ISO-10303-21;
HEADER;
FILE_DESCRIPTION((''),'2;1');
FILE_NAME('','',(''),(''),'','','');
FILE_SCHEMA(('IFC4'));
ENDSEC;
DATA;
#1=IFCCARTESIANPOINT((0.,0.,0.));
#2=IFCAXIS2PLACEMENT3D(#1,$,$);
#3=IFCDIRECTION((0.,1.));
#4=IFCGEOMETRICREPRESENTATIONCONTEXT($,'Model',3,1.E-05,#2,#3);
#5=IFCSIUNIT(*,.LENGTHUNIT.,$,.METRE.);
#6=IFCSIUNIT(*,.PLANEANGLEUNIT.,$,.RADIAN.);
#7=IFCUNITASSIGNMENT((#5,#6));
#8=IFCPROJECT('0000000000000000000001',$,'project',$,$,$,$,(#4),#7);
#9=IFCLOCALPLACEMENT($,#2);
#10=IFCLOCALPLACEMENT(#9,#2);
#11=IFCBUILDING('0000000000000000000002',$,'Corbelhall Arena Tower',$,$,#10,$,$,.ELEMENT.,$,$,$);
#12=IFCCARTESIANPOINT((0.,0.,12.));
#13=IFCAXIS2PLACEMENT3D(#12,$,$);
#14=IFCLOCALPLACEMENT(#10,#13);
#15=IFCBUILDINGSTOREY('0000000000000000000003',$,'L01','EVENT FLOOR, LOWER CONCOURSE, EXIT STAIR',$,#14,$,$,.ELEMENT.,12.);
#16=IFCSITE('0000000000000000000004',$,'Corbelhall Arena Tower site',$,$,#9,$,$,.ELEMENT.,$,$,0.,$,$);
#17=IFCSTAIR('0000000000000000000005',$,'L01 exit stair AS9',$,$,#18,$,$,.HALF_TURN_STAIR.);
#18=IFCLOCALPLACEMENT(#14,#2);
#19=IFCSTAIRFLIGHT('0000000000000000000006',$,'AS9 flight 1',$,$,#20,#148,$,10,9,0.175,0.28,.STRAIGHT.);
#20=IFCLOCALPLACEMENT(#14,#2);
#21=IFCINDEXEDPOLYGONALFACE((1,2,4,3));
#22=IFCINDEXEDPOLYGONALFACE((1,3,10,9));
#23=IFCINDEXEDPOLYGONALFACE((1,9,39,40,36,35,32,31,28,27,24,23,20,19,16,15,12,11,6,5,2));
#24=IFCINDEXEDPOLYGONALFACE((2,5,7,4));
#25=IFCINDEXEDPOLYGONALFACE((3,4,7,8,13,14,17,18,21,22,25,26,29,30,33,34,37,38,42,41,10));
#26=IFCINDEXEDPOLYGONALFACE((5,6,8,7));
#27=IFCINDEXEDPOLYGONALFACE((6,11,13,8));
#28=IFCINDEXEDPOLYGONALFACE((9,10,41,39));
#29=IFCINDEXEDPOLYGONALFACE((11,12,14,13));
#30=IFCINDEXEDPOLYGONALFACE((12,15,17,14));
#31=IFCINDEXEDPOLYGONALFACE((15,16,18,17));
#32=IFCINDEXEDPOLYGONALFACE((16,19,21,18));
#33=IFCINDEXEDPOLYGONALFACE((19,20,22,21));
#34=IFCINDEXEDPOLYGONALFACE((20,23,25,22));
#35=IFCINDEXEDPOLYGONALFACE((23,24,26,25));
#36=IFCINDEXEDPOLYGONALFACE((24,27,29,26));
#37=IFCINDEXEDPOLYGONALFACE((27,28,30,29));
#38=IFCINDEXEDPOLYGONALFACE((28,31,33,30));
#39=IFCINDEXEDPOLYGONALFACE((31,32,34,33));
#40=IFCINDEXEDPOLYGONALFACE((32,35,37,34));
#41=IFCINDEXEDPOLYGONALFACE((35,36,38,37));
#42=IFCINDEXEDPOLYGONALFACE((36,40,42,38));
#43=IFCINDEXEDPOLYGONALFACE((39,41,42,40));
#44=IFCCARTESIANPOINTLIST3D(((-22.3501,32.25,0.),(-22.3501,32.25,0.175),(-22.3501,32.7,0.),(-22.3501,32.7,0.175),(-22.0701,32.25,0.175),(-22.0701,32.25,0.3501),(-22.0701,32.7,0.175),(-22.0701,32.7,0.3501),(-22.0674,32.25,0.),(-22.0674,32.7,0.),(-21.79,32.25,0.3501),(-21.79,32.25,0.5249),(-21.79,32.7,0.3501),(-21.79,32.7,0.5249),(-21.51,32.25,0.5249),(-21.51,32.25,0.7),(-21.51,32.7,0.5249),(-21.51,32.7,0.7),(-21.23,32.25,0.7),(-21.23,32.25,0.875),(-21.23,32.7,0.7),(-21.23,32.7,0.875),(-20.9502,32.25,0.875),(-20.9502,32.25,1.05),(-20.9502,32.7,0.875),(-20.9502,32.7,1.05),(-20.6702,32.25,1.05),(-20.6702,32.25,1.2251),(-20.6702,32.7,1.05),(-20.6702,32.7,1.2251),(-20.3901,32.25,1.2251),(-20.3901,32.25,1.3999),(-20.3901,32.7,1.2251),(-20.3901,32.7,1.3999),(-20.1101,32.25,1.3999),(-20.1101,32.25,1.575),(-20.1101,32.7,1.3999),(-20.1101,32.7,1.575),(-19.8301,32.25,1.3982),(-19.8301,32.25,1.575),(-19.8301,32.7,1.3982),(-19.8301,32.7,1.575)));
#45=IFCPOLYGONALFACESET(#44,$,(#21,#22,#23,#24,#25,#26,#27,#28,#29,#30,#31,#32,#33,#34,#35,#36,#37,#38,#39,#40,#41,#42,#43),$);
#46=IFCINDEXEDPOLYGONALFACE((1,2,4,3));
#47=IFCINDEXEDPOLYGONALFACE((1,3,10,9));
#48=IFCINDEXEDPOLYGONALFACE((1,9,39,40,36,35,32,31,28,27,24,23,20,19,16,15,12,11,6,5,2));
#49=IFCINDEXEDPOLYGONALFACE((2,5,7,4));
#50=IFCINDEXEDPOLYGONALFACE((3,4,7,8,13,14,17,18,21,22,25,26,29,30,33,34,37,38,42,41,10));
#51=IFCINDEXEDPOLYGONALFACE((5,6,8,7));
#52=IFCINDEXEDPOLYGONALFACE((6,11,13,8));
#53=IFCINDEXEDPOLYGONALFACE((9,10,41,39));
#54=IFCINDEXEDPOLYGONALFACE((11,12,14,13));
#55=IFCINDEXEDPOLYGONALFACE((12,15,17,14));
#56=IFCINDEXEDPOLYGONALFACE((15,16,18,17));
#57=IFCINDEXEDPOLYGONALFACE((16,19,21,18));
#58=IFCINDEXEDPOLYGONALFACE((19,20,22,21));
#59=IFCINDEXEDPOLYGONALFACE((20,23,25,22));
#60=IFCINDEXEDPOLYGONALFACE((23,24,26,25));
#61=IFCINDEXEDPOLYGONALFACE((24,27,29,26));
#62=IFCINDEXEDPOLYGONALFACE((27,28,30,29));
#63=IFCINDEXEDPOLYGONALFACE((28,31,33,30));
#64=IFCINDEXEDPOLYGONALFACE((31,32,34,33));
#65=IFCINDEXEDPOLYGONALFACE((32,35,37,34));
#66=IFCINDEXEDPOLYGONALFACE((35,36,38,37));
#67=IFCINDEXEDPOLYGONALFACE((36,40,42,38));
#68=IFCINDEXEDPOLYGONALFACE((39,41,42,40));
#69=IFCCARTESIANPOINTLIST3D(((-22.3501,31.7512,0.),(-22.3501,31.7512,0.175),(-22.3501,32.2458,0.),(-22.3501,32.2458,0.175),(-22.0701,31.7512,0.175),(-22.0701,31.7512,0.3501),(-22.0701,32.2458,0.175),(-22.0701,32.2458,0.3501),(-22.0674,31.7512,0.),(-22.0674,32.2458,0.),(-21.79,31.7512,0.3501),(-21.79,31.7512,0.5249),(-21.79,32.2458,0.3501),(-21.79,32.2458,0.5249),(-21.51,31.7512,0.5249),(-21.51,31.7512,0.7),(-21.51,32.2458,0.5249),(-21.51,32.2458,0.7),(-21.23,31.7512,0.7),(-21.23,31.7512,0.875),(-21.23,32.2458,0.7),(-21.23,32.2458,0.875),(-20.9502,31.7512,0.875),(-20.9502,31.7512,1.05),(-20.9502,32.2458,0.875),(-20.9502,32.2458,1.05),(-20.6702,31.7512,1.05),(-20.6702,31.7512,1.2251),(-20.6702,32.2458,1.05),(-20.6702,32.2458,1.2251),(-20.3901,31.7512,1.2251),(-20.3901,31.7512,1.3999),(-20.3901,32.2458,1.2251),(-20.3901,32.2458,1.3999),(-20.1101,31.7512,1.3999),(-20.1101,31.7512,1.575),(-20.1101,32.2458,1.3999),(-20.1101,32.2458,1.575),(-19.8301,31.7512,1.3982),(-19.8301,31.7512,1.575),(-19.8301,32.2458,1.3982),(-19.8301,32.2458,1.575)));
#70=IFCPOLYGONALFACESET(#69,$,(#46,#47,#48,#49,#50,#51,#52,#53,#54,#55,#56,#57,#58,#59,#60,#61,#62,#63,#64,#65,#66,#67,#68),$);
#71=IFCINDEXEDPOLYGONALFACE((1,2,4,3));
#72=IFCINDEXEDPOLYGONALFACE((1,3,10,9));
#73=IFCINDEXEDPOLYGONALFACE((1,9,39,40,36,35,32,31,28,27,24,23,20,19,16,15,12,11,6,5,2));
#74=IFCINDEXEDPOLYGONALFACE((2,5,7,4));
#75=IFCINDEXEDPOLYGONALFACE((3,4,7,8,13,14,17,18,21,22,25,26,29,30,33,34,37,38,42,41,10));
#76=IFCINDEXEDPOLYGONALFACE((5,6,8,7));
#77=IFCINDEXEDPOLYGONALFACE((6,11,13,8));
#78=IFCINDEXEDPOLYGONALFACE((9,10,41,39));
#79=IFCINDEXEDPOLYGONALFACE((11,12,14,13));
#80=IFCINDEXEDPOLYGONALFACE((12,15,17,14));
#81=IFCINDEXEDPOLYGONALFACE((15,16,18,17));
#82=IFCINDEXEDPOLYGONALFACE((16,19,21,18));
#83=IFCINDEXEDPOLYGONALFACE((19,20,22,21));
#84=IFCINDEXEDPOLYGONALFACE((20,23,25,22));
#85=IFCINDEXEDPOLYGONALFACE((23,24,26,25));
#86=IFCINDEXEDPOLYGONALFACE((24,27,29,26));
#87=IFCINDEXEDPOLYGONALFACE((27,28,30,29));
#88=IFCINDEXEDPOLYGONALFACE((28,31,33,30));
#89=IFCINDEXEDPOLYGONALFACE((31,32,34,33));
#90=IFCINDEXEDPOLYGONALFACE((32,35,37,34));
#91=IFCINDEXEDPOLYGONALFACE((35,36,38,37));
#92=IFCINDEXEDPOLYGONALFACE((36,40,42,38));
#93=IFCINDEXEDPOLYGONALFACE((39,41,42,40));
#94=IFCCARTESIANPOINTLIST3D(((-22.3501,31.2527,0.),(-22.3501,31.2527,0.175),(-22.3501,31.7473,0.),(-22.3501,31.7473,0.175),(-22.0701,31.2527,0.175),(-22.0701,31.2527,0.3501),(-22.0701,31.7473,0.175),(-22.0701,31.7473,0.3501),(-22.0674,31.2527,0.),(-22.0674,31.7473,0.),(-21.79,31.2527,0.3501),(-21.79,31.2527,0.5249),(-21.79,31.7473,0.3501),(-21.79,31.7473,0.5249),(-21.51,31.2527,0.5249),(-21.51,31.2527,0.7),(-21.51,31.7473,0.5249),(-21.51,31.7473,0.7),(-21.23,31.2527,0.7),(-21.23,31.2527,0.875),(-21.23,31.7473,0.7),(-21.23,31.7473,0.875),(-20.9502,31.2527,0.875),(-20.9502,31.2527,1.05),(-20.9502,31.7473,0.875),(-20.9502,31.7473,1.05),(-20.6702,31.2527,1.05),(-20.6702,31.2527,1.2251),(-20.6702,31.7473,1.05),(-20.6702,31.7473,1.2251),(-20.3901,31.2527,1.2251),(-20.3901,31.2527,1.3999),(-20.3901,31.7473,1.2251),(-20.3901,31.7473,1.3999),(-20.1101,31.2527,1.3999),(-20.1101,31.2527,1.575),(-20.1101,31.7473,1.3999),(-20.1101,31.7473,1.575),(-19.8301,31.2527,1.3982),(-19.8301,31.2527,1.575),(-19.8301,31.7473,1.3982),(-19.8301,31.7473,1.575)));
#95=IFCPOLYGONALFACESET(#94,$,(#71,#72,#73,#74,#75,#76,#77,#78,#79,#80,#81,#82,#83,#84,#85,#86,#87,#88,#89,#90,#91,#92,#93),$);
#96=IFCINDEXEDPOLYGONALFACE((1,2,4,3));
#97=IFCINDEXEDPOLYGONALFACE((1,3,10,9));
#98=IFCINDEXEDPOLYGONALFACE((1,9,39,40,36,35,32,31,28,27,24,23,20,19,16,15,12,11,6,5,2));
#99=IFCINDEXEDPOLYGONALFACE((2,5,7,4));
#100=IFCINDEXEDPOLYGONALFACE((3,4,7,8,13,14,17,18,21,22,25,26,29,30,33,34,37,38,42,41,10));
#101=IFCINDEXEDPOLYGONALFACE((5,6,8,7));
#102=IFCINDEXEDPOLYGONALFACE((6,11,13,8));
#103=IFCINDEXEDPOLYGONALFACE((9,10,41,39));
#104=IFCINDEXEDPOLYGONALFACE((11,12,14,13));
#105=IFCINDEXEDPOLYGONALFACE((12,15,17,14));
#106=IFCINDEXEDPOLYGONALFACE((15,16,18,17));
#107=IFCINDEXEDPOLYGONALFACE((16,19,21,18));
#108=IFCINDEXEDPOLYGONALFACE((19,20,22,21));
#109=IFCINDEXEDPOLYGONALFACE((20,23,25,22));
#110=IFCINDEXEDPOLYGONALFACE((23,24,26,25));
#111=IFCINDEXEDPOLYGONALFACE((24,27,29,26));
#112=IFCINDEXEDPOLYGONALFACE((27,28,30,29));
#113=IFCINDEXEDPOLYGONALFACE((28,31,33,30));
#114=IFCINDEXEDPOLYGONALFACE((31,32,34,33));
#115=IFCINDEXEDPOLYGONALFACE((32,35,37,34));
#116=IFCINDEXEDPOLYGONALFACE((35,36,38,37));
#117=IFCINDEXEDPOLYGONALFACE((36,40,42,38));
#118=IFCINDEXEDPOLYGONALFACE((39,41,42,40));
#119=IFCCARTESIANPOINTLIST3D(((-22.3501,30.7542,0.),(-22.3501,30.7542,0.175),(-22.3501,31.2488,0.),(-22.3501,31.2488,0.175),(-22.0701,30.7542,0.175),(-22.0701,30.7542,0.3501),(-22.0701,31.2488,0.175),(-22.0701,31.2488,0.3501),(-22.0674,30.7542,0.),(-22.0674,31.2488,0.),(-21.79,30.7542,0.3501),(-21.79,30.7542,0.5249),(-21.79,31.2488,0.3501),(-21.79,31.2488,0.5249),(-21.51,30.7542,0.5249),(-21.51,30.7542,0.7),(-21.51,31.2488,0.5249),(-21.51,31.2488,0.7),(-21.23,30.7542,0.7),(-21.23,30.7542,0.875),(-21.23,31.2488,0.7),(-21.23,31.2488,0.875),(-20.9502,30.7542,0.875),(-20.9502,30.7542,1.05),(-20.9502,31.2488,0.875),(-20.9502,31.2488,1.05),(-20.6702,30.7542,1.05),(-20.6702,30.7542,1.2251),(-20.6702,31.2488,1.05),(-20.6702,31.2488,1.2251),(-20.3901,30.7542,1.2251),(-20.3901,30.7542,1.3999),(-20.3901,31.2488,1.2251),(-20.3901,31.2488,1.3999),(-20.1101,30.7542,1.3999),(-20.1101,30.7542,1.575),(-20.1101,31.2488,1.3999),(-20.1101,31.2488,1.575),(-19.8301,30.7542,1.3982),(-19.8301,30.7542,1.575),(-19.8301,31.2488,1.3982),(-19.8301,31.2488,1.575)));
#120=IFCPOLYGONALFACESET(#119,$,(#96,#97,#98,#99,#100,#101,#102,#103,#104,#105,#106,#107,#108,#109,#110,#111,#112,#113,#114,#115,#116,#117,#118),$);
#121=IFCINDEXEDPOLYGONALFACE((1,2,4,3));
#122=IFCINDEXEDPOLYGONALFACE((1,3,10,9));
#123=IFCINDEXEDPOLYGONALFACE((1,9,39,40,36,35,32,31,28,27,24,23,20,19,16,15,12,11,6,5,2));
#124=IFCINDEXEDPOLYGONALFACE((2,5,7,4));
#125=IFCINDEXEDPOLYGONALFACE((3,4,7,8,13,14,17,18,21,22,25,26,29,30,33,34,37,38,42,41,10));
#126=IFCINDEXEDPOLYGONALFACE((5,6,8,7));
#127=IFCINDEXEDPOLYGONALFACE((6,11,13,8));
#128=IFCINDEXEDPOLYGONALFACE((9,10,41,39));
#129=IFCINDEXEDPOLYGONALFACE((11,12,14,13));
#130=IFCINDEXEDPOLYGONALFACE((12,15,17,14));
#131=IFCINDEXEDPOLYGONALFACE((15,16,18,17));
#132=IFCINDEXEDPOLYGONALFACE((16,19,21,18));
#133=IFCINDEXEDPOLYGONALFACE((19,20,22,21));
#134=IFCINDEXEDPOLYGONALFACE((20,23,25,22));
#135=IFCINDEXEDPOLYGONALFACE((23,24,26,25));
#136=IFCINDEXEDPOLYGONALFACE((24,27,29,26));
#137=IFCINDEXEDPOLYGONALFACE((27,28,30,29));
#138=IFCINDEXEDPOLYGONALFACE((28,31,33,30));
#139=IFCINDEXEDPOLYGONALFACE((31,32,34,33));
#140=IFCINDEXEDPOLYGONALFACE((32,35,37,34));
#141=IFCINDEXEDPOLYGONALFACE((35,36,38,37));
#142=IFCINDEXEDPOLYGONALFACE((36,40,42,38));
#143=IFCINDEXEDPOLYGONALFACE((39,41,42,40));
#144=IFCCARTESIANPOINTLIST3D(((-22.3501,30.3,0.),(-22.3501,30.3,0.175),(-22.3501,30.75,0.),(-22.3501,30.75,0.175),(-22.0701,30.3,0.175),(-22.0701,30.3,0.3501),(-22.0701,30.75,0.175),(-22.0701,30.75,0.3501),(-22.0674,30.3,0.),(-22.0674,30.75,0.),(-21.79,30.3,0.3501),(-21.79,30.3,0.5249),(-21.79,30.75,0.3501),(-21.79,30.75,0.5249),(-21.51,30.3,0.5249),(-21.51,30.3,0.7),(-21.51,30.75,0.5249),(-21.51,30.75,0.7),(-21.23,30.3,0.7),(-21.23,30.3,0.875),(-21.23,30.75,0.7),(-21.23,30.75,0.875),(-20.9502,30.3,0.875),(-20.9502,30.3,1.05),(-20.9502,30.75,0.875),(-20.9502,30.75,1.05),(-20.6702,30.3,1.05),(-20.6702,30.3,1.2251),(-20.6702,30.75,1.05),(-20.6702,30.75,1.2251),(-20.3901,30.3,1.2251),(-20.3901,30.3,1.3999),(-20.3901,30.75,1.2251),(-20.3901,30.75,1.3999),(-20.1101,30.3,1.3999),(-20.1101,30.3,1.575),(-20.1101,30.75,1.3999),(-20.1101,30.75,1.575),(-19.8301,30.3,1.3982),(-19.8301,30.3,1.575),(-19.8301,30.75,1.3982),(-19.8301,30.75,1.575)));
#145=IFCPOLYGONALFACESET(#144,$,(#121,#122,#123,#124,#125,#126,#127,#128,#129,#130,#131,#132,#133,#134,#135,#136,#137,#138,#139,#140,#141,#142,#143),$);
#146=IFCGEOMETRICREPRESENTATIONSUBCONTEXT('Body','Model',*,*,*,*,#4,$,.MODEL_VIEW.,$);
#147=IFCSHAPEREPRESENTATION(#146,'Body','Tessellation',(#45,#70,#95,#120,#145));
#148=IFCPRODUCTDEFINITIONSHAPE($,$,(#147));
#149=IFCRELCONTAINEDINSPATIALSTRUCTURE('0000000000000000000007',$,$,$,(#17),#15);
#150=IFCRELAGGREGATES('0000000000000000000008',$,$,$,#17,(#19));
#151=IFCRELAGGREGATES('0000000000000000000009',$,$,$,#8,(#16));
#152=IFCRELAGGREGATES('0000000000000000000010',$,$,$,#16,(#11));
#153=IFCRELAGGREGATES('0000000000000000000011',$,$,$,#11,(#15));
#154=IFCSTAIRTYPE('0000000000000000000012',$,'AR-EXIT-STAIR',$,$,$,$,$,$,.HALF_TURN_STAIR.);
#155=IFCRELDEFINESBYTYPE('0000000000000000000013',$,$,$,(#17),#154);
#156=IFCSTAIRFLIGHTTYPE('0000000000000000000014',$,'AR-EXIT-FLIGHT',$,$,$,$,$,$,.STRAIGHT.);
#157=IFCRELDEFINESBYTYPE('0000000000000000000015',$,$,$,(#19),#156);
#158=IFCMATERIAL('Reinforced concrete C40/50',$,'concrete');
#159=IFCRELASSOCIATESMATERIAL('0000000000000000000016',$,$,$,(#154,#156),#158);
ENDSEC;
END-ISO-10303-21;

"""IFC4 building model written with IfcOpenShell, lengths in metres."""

from ifc_helpers import new_model, si_unit, direction, frame, origin, place, context, subcontext, project, spatial, polyline, outline, extrude, material, type_object, element, aggregate, save


model = new_model("IFC4")

# Units and contexts
model_context = context("Model", 3, precision=1e-05, world=origin(), true_north=direction((0.0, 1.0)))
body_context = subcontext(model_context, "Body", "Model", "MODEL_VIEW")
ifc_project = project(units=[si_unit("LENGTHUNIT", "METRE"), si_unit("PLANEANGLEUNIT", "RADIAN")], contexts=[model_context])

# Site, building, storey
site_placement = place(None, origin())
site = spatial("IfcSite", under=ifc_project, at=site_placement, Name="Corbelhall Arena Tower site", CompositionType="ELEMENT", RefElevation=0.0)
building_placement = place(site_placement, origin())
building = spatial("IfcBuilding", under=site, at=building_placement, Name="Corbelhall Arena Tower", CompositionType="ELEMENT")
storey_placement = place(building_placement, frame((0.0, 0.0, 12.0)))
storey = spatial("IfcBuildingStorey", under=building, at=storey_placement, Name="L01", Description="EVENT FLOOR, LOWER CONCOURSE, EXIT STAIR", CompositionType="ELEMENT", Elevation=12.0)

# Shared definitions
ifc_material_1 = material(Name="Reinforced concrete C40/50", Category="concrete")

# Stair, stair flight
stair_type = type_object("IfcStairType", Name="AR-EXIT-STAIR", PredefinedType="HALF_TURN_STAIR", material=ifc_material_1)
stair_1_placement = place(storey_placement, origin())
stair_1 = element("IfcStair", 1, at=stair_1_placement, inside=storey, type_object=stair_type, Name="L01 exit stair AS9", PredefinedType="HALF_TURN_STAIR")
stair_flight_type = type_object("IfcStairFlightType", Name="AR-EXIT-FLIGHT", PredefinedType="STRAIGHT", material=ifc_material_1)
stair_flight_1_placement = place(storey_placement, frame((-22.3501, 31.5, 0.0), z_axis=(0.0, 0.0, 1.0), x_axis=(1.0, 0.0, 0.0)))
stair_flight_1 = element("IfcStairFlight", 2, at=stair_flight_1_placement, type_object=stair_flight_type, Name="AS9 flight 1", NumberOfRisers=10, NumberOfTreads=9, PredefinedType="STRAIGHT", RiserHeight=0.175, TreadLength=0.28, context=body_context, shape_type="SweptSolid", body=[
    extrude(outline(polyline([(0.0, 0.0), (0.0, 0.175), (0.28, 0.175), (0.28, 0.3501), (0.5601, 0.3501), (0.5601, 0.5249), (0.8401, 0.5249), (0.8401, 0.7), (1.1201, 0.7), (1.1201, 0.875), (1.3999, 0.875), (1.3999, 1.05), (1.6799, 1.05), (1.6799, 1.2251), (1.96, 1.2251), (1.96, 1.3999), (2.24, 1.3999), (2.24, 1.575), (2.52, 1.575), (2.52, 1.75), (2.52, 1.3982), (0.2827, 0.0), (0.0, 0.0)])), frame((0.0, 1.2, 0.0), z_axis=(0.0, -1.0, 0.0), x_axis=(1.0, 0.0, 0.0)), (0.0, 0.0, 1.0), 0.45),
    extrude(outline(polyline([(0.0, 0.0), (0.0, 0.175), (0.28, 0.175), (0.28, 0.3501), (0.5601, 0.3501), (0.5601, 0.5249), (0.8401, 0.5249), (0.8401, 0.7), (1.1201, 0.7), (1.1201, 0.875), (1.3999, 0.875), (1.3999, 1.05), (1.6799, 1.05), (1.6799, 1.2251), (1.96, 1.2251), (1.96, 1.3999), (2.24, 1.3999), (2.24, 1.575), (2.52, 1.575), (2.52, 1.75), (2.52, 1.3982), (0.2827, 0.0), (0.0, 0.0)])), frame((0.0, 0.7458, 0.0), z_axis=(0.0, -1.0, 0.0), x_axis=(1.0, 0.0, 0.0)), (0.0, 0.0, 1.0), 0.4946),
    extrude(outline(polyline([(0.0, 0.0), (0.0, 0.175), (0.28, 0.175), (0.28, 0.3501), (0.5601, 0.3501), (0.5601, 0.5249), (0.8401, 0.5249), (0.8401, 0.7), (1.1201, 0.7), (1.1201, 0.875), (1.3999, 0.875), (1.3999, 1.05), (1.6799, 1.05), (1.6799, 1.2251), (1.96, 1.2251), (1.96, 1.3999), (2.24, 1.3999), (2.24, 1.575), (2.52, 1.575), (2.52, 1.75), (2.52, 1.3982), (0.2827, 0.0), (0.0, 0.0)])), frame((0.0, 0.2473, 0.0), z_axis=(0.0, -1.0, 0.0), x_axis=(1.0, 0.0, 0.0)), (0.0, 0.0, 1.0), 0.4946),
    extrude(outline(polyline([(0.0, 0.0), (0.0, 0.175), (0.28, 0.175), (0.28, 0.3501), (0.5601, 0.3501), (0.5601, 0.5249), (0.8401, 0.5249), (0.8401, 0.7), (1.1201, 0.7), (1.1201, 0.875), (1.3999, 0.875), (1.3999, 1.05), (1.6799, 1.05), (1.6799, 1.2251), (1.96, 1.2251), (1.96, 1.3999), (2.24, 1.3999), (2.24, 1.575), (2.52, 1.575), (2.52, 1.75), (2.52, 1.3982), (0.2827, 0.0), (0.0, 0.0)])), frame((0.0, -0.2512, 0.0), z_axis=(0.0, -1.0, 0.0), x_axis=(1.0, 0.0, 0.0)), (0.0, 0.0, 1.0), 0.4946),
    extrude(outline(polyline([(0.0, 0.0), (0.0, 0.175), (0.28, 0.175), (0.28, 0.3501), (0.5601, 0.3501), (0.5601, 0.5249), (0.8401, 0.5249), (0.8401, 0.7), (1.1201, 0.7), (1.1201, 0.875), (1.3999, 0.875), (1.3999, 1.05), (1.6799, 1.05), (1.6799, 1.2251), (1.96, 1.2251), (1.96, 1.3999), (2.24, 1.3999), (2.24, 1.575), (2.52, 1.575), (2.52, 1.75), (2.52, 1.3982), (0.2827, 0.0), (0.0, 0.0)])), frame((0.0, -0.75, 0.0), z_axis=(0.0, -1.0, 0.0), x_axis=(1.0, 0.0, 0.0)), (0.0, 0.0, 1.0), 0.45),
])
aggregate(stair_1, [stair_flight_1])

save(model, "model.ifc")
